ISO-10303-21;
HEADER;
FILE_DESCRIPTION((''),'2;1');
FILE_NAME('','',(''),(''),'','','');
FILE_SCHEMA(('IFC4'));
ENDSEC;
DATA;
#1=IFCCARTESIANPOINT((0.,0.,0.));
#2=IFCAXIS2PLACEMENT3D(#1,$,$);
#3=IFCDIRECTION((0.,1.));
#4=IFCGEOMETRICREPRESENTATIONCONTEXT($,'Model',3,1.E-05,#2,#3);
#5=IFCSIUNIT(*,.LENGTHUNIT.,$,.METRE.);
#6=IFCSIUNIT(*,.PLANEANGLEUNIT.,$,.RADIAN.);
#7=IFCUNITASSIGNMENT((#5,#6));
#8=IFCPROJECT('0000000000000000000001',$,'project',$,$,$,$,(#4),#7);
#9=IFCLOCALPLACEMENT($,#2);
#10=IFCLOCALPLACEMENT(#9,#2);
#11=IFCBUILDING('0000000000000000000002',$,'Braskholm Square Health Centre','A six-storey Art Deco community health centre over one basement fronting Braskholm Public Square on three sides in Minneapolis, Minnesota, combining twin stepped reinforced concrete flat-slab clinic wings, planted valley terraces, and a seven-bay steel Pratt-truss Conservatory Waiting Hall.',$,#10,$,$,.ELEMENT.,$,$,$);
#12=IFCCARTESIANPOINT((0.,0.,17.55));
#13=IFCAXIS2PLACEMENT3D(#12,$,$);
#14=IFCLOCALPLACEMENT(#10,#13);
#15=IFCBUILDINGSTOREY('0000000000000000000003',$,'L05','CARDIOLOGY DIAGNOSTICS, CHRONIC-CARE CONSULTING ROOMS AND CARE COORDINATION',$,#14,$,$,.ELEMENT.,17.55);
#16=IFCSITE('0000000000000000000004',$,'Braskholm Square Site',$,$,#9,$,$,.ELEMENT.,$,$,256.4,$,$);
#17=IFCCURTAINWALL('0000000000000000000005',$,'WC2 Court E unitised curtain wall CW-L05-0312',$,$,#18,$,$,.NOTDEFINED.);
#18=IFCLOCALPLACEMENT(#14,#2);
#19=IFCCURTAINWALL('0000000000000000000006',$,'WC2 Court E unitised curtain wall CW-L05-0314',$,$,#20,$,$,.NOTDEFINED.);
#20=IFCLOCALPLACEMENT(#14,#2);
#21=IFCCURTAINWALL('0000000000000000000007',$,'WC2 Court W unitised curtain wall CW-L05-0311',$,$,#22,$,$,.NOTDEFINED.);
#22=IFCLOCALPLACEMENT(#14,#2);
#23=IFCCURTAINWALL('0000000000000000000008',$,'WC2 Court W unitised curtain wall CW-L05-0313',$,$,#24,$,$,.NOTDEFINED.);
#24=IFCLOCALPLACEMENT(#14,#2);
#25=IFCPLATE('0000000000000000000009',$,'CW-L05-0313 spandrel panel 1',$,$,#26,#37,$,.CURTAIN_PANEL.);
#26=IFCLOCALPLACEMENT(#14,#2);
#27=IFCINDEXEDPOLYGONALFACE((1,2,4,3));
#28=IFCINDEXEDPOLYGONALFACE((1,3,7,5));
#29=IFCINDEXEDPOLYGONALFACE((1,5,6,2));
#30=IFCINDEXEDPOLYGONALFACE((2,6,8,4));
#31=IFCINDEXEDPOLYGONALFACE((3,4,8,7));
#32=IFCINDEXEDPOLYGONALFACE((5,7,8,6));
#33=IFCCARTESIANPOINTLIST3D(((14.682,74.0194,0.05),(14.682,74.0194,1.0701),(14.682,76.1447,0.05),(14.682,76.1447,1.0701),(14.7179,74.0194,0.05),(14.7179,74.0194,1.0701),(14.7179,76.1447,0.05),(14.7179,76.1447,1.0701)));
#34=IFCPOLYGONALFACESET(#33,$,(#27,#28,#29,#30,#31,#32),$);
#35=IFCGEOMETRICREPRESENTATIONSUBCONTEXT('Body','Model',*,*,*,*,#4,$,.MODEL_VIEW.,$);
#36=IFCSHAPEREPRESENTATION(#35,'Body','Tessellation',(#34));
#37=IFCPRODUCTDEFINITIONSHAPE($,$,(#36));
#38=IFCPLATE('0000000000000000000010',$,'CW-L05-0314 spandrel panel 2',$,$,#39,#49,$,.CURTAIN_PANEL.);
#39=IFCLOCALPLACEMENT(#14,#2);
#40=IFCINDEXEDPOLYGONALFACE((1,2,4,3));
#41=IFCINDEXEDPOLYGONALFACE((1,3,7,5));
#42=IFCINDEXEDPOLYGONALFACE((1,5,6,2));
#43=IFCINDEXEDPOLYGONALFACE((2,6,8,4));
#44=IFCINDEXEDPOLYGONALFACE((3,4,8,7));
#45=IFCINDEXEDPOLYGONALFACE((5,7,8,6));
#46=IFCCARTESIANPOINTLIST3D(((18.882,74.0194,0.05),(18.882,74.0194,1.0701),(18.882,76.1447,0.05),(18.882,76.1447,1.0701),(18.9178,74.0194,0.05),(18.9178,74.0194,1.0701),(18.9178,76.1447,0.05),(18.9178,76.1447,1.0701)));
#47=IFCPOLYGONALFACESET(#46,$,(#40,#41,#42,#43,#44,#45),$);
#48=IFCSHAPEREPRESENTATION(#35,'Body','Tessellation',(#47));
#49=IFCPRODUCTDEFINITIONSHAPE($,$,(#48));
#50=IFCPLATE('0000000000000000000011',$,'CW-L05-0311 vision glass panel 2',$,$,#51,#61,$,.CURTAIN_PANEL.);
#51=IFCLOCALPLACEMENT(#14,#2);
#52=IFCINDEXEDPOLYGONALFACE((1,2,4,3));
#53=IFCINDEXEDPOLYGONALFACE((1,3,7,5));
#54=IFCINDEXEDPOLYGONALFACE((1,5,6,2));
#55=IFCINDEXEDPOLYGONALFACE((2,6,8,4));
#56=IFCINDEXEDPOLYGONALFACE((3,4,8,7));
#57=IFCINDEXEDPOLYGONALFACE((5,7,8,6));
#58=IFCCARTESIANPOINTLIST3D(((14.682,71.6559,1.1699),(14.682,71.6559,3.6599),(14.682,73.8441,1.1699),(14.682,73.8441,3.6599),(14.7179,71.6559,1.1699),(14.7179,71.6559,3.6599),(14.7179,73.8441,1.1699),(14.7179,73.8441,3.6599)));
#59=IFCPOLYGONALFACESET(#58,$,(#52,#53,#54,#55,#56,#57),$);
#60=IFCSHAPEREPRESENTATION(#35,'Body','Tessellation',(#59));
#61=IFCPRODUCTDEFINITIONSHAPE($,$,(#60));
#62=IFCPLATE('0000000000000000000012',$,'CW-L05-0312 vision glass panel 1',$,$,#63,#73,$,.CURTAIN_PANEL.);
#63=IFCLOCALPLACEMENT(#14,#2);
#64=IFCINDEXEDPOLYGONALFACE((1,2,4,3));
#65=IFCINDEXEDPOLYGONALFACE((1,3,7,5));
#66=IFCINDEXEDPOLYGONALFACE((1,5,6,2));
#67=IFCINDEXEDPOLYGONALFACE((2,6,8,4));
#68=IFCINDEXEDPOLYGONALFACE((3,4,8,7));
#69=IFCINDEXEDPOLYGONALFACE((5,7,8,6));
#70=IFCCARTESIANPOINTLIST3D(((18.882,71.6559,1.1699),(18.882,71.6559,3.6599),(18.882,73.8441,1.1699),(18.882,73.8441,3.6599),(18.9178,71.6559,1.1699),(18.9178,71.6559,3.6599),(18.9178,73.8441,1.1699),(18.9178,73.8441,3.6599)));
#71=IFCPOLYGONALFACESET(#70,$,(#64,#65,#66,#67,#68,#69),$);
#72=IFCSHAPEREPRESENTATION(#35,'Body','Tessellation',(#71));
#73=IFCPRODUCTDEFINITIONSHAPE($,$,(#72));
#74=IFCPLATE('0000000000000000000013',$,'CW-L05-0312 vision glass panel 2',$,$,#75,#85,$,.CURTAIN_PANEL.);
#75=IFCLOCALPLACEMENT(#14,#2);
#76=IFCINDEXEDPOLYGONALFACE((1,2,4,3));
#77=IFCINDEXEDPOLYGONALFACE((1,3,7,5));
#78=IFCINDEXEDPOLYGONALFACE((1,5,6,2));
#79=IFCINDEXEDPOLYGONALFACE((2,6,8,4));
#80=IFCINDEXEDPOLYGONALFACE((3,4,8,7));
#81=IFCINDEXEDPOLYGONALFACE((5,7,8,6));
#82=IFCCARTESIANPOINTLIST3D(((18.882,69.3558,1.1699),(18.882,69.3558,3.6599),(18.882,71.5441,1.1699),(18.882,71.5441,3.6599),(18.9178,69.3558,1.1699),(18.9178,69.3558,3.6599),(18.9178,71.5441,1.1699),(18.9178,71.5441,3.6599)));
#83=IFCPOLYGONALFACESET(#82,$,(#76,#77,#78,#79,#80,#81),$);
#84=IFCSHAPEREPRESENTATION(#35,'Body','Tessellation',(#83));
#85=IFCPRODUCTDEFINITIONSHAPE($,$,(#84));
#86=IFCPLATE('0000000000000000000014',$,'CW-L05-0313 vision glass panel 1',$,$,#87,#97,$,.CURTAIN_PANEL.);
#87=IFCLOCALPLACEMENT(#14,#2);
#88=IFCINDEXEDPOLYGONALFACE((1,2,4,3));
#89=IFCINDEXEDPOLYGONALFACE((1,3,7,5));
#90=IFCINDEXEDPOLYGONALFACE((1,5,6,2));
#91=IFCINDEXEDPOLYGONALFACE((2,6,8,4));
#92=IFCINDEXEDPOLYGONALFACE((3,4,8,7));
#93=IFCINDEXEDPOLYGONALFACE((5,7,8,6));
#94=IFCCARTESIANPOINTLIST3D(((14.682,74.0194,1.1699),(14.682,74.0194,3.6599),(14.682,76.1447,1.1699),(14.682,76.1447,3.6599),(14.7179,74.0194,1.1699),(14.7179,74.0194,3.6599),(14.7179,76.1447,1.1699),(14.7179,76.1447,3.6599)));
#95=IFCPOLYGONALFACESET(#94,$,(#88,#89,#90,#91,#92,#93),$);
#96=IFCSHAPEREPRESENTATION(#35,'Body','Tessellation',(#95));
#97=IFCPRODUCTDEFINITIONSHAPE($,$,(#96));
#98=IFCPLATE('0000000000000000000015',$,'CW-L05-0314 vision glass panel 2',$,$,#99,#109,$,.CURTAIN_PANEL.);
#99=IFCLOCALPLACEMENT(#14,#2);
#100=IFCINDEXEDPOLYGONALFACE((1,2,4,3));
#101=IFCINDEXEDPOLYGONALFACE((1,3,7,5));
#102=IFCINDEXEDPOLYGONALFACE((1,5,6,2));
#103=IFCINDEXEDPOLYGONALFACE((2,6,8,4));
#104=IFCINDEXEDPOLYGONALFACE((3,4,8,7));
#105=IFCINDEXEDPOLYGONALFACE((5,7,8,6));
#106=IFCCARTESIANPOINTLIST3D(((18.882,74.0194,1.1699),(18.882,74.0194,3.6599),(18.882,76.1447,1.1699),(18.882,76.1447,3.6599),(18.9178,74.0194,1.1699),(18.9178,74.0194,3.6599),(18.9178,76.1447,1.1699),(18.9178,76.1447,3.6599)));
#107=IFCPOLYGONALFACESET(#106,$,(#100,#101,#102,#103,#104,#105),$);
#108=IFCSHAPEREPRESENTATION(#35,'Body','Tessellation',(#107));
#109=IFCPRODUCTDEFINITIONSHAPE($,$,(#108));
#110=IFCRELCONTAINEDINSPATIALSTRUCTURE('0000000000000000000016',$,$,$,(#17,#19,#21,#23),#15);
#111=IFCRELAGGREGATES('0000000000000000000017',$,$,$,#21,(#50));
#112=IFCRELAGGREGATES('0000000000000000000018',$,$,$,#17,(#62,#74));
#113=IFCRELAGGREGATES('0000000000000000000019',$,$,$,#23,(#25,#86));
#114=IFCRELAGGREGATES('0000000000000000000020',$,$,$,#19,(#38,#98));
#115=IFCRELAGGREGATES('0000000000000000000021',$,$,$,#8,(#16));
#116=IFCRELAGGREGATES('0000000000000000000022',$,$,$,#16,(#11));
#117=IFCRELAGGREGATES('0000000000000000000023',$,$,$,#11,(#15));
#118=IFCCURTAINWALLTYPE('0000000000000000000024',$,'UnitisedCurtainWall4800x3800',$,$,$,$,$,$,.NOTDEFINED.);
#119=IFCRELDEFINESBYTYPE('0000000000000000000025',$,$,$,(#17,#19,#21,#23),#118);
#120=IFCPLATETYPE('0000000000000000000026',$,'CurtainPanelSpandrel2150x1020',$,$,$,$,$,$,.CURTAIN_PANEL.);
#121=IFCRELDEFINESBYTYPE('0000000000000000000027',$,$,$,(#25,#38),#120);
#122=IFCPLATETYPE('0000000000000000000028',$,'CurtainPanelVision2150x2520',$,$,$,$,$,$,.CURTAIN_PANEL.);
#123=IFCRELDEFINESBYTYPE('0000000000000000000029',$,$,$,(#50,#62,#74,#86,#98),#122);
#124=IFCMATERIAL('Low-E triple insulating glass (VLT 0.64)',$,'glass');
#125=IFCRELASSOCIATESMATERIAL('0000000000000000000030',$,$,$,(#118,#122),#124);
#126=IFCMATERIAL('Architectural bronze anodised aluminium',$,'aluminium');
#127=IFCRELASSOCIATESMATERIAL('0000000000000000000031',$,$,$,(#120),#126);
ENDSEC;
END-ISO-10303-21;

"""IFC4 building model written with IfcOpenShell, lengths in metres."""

from ifc_helpers import new_model, si_unit, direction, frame, origin, origin_2d, place, context, subcontext, project, spatial, rectangle, extrude, material, type_object, element, aggregate, save


model = new_model("IFC4")

# Units and contexts
model_context = context("Model", 3, precision=1e-05, world=origin(), true_north=direction((0.0, 1.0)))
body_context = subcontext(model_context, "Body", "Model", "MODEL_VIEW")
ifc_project = project(units=[si_unit("LENGTHUNIT", "METRE"), si_unit("PLANEANGLEUNIT", "RADIAN")], contexts=[model_context])

# Site, building, storey
site_placement = place(None, origin())
site = spatial("IfcSite", under=ifc_project, at=site_placement, Name="Braskholm Square Site", CompositionType="ELEMENT", RefElevation=256.4)
building_placement = place(site_placement, origin())
building = spatial("IfcBuilding", under=site, at=building_placement, Name="Braskholm Square Health Centre", Description="A six-storey Art Deco community health centre over one basement fronting Braskholm Public Square on three sides in Minneapolis, Minnesota, combining twin stepped reinforced concrete flat-slab clinic wings, planted valley terraces, and a seven-bay steel Pratt-truss Conservatory Waiting Hall.", CompositionType="ELEMENT")
storey_placement = place(building_placement, frame((0.0, 0.0, 17.55)))
storey = spatial("IfcBuildingStorey", under=building, at=storey_placement, Name="L05", Description="CARDIOLOGY DIAGNOSTICS, CHRONIC-CARE CONSULTING ROOMS AND CARE COORDINATION", CompositionType="ELEMENT", Elevation=17.55)

# Curtain wall
ifc_material_1 = material(Name="Low-E triple insulating glass (VLT 0.64)", Category="glass")
curtain_wall_type = type_object("IfcCurtainWallType", Name="UnitisedCurtainWall4800x3800", PredefinedType="NOTDEFINED", material=ifc_material_1)
curtain_wall_1_placement = place(storey_placement, origin())
curtain_wall_1 = element("IfcCurtainWall", 1, at=curtain_wall_1_placement, inside=storey, type_object=curtain_wall_type, Name="WC2 Court E unitised curtain wall CW-L05-0312", PredefinedType="NOTDEFINED")
ifc_material_2 = material(Name="Architectural bronze anodised aluminium", Category="aluminium")

# Curtain wall
curtain_wall_2_placement = place(storey_placement, origin())
curtain_wall_2 = element("IfcCurtainWall", 2, at=curtain_wall_2_placement, inside=storey, type_object=curtain_wall_type, Name="WC2 Court E unitised curtain wall CW-L05-0314", PredefinedType="NOTDEFINED")

# Curtain wall
curtain_wall_3_placement = place(storey_placement, origin())
curtain_wall_3 = element("IfcCurtainWall", 3, at=curtain_wall_3_placement, inside=storey, type_object=curtain_wall_type, Name="WC2 Court W unitised curtain wall CW-L05-0311", PredefinedType="NOTDEFINED")

# Curtain wall
curtain_wall_4_placement = place(storey_placement, origin())
curtain_wall_4 = element("IfcCurtainWall", 4, at=curtain_wall_4_placement, inside=storey, type_object=curtain_wall_type, Name="WC2 Court W unitised curtain wall CW-L05-0313", PredefinedType="NOTDEFINED")

# Plates
plate_type_1 = type_object("IfcPlateType", Name="CurtainPanelSpandrel2150x1020", PredefinedType="CURTAIN_PANEL", material=ifc_material_2)
plate_1_placement = place(storey_placement, frame((14.7, 75.082, 0.05), z_axis=(0.0, 0.0, 1.0), x_axis=(0.0, 1.0, 0.0)))
plate_1 = element("IfcPlate", 5, at=plate_1_placement, type_object=plate_type_1, Name="CW-L05-0313 spandrel panel 1", PredefinedType="CURTAIN_PANEL", context=body_context, shape_type="SweptSolid", body=[
    extrude(rectangle(XDim=2.1252, YDim=0.0359, at=origin_2d()), origin(), (0.0, 0.0, 1.0), 1.02),
])
plate_2_placement = place(storey_placement, frame((18.8999, 75.082, 0.05), z_axis=(0.0, 0.0, 1.0), x_axis=(0.0, -1.0, 0.0)))
plate_2 = element("IfcPlate", 6, at=plate_2_placement, type_object=plate_type_1, Name="CW-L05-0314 spandrel panel 2", PredefinedType="CURTAIN_PANEL", context=body_context, shape_type="SweptSolid", body=[
    extrude(rectangle(XDim=2.1252, YDim=0.0359, at=origin_2d()), origin(), (0.0, 0.0, 1.0), 1.02),
])
plate_type_2 = type_object("IfcPlateType", Name="CurtainPanelVision2150x2520", PredefinedType="CURTAIN_PANEL", material=ifc_material_1)
plate_3_placement = place(storey_placement, frame((14.7, 72.75, 1.1699), z_axis=(0.0, 0.0, 1.0), x_axis=(0.0, 1.0, 0.0)))
plate_3 = element("IfcPlate", 7, at=plate_3_placement, type_object=plate_type_2, Name="CW-L05-0311 vision glass panel 2", PredefinedType="CURTAIN_PANEL", context=body_context, shape_type="SweptSolid", body=[
    extrude(rectangle(XDim=2.1882, YDim=0.0359, at=origin_2d()), origin(), (0.0, 0.0, 1.0), 2.49),
])
aggregate(curtain_wall_3, [plate_3])
plate_4_placement = place(storey_placement, frame((18.8999, 72.75, 1.1699), z_axis=(0.0, 0.0, 1.0), x_axis=(0.0, -1.0, 0.0)))
plate_4 = element("IfcPlate", 8, at=plate_4_placement, type_object=plate_type_2, Name="CW-L05-0312 vision glass panel 1", PredefinedType="CURTAIN_PANEL", context=body_context, shape_type="SweptSolid", body=[
    extrude(rectangle(XDim=2.1882, YDim=0.0359, at=origin_2d()), origin(), (0.0, 0.0, 1.0), 2.49),
])
plate_5_placement = place(storey_placement, frame((18.8999, 70.45, 1.1699), z_axis=(0.0, 0.0, 1.0), x_axis=(0.0, -1.0, 0.0)))
plate_5 = element("IfcPlate", 9, at=plate_5_placement, type_object=plate_type_2, Name="CW-L05-0312 vision glass panel 2", PredefinedType="CURTAIN_PANEL", context=body_context, shape_type="SweptSolid", body=[
    extrude(rectangle(XDim=2.1882, YDim=0.0359, at=origin_2d()), origin(), (0.0, 0.0, 1.0), 2.49),
])
aggregate(curtain_wall_1, [plate_4, plate_5])
plate_6_placement = place(storey_placement, frame((14.7, 75.082, 1.1699), z_axis=(0.0, 0.0, 1.0), x_axis=(0.0, 1.0, 0.0)))
plate_6 = element("IfcPlate", 10, at=plate_6_placement, type_object=plate_type_2, Name="CW-L05-0313 vision glass panel 1", PredefinedType="CURTAIN_PANEL", context=body_context, shape_type="SweptSolid", body=[
    extrude(rectangle(XDim=2.1252, YDim=0.0359, at=origin_2d()), origin(), (0.0, 0.0, 1.0), 2.49),
])
aggregate(curtain_wall_4, [plate_1, plate_6])
plate_7_placement = place(storey_placement, frame((18.8999, 75.082, 1.1699), z_axis=(0.0, 0.0, 1.0), x_axis=(0.0, -1.0, 0.0)))
plate_7 = element("IfcPlate", 11, at=plate_7_placement, type_object=plate_type_2, Name="CW-L05-0314 vision glass panel 2", PredefinedType="CURTAIN_PANEL", context=body_context, shape_type="SweptSolid", body=[
    extrude(rectangle(XDim=2.1252, YDim=0.0359, at=origin_2d()), origin(), (0.0, 0.0, 1.0), 2.49),
])
aggregate(curtain_wall_2, [plate_2, plate_7])

save(model, "model.ifc")
